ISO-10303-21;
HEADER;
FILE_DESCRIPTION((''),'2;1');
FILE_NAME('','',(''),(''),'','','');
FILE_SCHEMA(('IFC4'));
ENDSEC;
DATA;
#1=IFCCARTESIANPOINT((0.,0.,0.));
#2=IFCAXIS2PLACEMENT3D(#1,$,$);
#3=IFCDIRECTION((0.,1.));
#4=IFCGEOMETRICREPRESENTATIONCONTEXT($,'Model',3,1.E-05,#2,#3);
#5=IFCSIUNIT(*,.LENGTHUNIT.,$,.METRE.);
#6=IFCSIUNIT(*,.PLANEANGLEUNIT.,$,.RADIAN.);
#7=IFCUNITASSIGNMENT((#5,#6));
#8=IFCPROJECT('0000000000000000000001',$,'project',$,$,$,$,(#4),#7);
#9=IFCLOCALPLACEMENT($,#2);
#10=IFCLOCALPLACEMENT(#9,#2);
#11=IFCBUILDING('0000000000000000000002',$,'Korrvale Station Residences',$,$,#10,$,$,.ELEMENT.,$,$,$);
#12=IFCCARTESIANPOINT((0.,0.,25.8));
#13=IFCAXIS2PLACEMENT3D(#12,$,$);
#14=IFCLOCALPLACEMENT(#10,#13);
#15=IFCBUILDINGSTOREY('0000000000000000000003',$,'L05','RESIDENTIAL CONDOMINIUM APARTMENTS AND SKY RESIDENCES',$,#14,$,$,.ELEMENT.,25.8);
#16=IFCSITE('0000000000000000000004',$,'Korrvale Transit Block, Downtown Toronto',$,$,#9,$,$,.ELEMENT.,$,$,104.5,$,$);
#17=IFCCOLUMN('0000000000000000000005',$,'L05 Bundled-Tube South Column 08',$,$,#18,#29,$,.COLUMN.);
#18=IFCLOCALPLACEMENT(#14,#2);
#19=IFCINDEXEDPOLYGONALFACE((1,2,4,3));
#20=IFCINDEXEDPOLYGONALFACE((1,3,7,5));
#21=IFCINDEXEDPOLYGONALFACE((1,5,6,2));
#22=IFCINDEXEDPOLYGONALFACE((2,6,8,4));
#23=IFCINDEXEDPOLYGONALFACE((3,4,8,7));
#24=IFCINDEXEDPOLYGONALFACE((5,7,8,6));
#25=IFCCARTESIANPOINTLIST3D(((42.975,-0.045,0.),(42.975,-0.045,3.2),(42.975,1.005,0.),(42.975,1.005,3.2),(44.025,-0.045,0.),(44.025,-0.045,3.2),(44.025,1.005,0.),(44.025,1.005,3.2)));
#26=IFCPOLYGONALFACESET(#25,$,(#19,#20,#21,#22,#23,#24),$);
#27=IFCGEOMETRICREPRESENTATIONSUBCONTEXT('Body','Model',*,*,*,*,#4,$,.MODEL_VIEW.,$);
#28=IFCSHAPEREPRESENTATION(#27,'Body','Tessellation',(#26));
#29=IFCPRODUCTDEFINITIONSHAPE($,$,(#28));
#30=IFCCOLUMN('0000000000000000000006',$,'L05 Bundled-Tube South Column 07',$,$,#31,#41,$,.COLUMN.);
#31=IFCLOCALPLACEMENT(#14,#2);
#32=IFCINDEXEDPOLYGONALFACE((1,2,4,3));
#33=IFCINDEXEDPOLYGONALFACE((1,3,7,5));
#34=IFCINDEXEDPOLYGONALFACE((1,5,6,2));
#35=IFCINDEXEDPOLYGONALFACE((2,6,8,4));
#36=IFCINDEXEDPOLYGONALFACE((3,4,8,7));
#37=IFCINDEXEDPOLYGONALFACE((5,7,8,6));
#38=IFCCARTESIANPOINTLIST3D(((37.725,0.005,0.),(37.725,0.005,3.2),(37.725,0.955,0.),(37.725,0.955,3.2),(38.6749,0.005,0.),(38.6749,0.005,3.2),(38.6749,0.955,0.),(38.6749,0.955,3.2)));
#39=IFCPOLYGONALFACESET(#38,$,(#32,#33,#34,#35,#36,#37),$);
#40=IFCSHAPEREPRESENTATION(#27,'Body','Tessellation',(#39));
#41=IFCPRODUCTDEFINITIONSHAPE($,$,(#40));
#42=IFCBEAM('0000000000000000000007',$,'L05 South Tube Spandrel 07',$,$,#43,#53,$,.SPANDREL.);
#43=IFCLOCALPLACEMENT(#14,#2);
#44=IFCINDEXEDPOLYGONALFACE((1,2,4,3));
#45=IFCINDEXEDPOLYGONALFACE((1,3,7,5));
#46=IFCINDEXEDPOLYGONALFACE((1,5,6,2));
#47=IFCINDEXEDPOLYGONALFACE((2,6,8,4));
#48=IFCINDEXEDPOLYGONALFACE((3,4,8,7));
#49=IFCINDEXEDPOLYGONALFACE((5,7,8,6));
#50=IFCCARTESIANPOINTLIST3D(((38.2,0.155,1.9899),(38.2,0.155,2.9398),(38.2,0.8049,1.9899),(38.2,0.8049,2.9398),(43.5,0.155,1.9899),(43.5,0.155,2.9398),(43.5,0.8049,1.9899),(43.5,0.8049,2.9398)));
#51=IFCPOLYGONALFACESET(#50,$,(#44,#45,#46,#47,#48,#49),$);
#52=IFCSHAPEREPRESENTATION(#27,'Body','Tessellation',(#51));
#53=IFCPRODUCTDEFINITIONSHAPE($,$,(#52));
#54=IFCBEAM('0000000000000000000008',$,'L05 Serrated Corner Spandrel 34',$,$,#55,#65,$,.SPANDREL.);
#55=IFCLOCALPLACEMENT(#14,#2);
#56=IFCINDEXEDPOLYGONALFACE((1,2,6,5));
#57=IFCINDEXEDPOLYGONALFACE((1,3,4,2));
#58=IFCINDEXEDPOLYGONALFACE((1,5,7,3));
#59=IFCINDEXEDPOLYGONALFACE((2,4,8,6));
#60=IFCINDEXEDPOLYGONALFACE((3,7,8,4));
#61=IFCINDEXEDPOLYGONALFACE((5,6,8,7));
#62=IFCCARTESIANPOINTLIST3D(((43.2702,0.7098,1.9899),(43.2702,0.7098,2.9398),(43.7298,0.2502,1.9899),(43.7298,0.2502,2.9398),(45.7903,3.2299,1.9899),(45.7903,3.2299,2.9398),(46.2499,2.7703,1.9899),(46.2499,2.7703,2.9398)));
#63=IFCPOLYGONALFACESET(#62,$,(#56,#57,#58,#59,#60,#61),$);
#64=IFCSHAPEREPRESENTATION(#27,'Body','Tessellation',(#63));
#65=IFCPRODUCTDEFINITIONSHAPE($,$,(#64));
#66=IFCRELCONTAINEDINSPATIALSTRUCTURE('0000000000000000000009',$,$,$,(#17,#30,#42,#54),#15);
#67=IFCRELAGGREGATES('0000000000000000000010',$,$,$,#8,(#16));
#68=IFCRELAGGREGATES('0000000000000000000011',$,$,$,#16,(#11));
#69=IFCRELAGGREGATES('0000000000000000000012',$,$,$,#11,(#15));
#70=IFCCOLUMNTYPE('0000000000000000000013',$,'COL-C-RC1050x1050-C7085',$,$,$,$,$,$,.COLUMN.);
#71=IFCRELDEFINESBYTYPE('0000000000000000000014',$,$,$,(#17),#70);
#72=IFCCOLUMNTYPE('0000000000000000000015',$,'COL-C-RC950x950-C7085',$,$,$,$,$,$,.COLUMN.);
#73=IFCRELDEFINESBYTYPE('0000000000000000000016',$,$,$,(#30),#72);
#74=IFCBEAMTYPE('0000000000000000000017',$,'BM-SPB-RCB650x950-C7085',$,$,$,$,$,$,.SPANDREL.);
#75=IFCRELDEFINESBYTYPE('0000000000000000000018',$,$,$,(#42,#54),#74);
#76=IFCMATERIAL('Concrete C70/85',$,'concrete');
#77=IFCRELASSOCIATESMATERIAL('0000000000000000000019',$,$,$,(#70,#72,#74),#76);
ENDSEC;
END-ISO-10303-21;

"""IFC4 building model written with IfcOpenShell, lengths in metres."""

from ifc_helpers import new_model, si_unit, direction, frame, origin, origin_2d, place, context, subcontext, project, spatial, rectangle, extrude, material, material_profile, profile_set, type_object, element, save


model = new_model("IFC4")

# Units and contexts
model_context = context("Model", 3, precision=1e-05, world=origin(), true_north=direction((0.0, 1.0)))
body_context = subcontext(model_context, "Body", "Model", "MODEL_VIEW")
ifc_project = project(units=[si_unit("LENGTHUNIT", "METRE"), si_unit("PLANEANGLEUNIT", "RADIAN")], contexts=[model_context])

# Site, building, storey
site_placement = place(None, origin())
site = spatial("IfcSite", under=ifc_project, at=site_placement, Name="Korrvale Transit Block, Downtown Toronto", CompositionType="ELEMENT", RefElevation=104.5)
building_placement = place(site_placement, origin())
building = spatial("IfcBuilding", under=site, at=building_placement, Name="Korrvale Station Residences", CompositionType="ELEMENT")
storey_placement = place(building_placement, frame((0.0, 0.0, 25.8)))
storey = spatial("IfcBuildingStorey", under=building, at=storey_placement, Name="L05", Description="RESIDENTIAL CONDOMINIUM APARTMENTS AND SKY RESIDENCES", CompositionType="ELEMENT", Elevation=25.8)

# Columns
ifc_material_1 = material(Name="Concrete C70/85", Category="concrete")
ifc_material_profile_1 = material_profile(ifc_material_1, rectangle(XDim=1.05, YDim=1.05, at=origin_2d()), Name="RC1050x1050")
ifc_profile_set_1 = profile_set([ifc_material_profile_1], Name="Concrete C70/85")
column_type_1 = type_object("IfcColumnType", Name="COL-C-RC1050x1050-C7085", PredefinedType="COLUMN", material=ifc_profile_set_1)
column_1_placement = place(storey_placement, frame((43.5, 0.48, 0.0), z_axis=(0.0, 0.0, 1.0), x_axis=(1.0, 0.0, 0.0)))
element("IfcColumn", 1, at=column_1_placement, inside=storey, type_object=column_type_1, Name="L05 Bundled-Tube South Column 08", PredefinedType="COLUMN", context=body_context, shape_type="SweptSolid", body=[
    extrude(rectangle(XDim=1.05, YDim=1.05, at=origin_2d()), origin(), (0.0, 0.0, 1.0), 3.2),
])
ifc_material_profile_2 = material_profile(ifc_material_1, rectangle(XDim=0.95, YDim=0.95, at=origin_2d()), Name="RC950x950")
ifc_profile_set_2 = profile_set([ifc_material_profile_2], Name="Concrete C70/85")
column_type_2 = type_object("IfcColumnType", Name="COL-C-RC950x950-C7085", PredefinedType="COLUMN", material=ifc_profile_set_2)
column_2_placement = place(storey_placement, frame((38.2, 0.48, 0.0), z_axis=(0.0, 0.0, 1.0), x_axis=(1.0, 0.0, 0.0)))
element("IfcColumn", 2, at=column_2_placement, inside=storey, type_object=column_type_2, Name="L05 Bundled-Tube South Column 07", PredefinedType="COLUMN", context=body_context, shape_type="SweptSolid", body=[
    extrude(rectangle(XDim=0.95, YDim=0.95, at=origin_2d()), origin(), (0.0, 0.0, 1.0), 3.2),
])

# Beams
ifc_material_profile_3 = material_profile(ifc_material_1, rectangle(XDim=0.6499, YDim=0.95, at=origin_2d()), Name="RCB650x950")
ifc_profile_set_3 = profile_set([ifc_material_profile_3], Name="Concrete C70/85")
beam_type = type_object("IfcBeamType", Name="BM-SPB-RCB650x950-C7085", PredefinedType="SPANDREL", material=ifc_profile_set_3)
beam_1_placement = place(storey_placement, frame((38.2, 0.48, 2.4648), z_axis=(1.0, 0.0, 0.0), x_axis=(0.0, 1.0, 0.0)))
element("IfcBeam", 3, at=beam_1_placement, inside=storey, type_object=beam_type, Name="L05 South Tube Spandrel 07", PredefinedType="SPANDREL", context=body_context, shape_type="SweptSolid", body=[
    extrude(rectangle(XDim=0.6499, YDim=0.95, at=origin_2d()), origin(), (0.0, 0.0, 1.0), 5.3),
])
beam_2_placement = place(storey_placement, frame((43.5, 0.48, 2.4648), z_axis=(0.707107, 0.707107, 0.0), x_axis=(-0.707107, 0.707107, 0.0)))
element("IfcBeam", 4, at=beam_2_placement, inside=storey, type_object=beam_type, Name="L05 Serrated Corner Spandrel 34", PredefinedType="SPANDREL", context=body_context, shape_type="SweptSolid", body=[
    extrude(rectangle(XDim=0.6499, YDim=0.95, at=origin_2d()), origin(), (0.0, 0.0, 1.0), 3.564),
])

save(model, "model.ifc")
